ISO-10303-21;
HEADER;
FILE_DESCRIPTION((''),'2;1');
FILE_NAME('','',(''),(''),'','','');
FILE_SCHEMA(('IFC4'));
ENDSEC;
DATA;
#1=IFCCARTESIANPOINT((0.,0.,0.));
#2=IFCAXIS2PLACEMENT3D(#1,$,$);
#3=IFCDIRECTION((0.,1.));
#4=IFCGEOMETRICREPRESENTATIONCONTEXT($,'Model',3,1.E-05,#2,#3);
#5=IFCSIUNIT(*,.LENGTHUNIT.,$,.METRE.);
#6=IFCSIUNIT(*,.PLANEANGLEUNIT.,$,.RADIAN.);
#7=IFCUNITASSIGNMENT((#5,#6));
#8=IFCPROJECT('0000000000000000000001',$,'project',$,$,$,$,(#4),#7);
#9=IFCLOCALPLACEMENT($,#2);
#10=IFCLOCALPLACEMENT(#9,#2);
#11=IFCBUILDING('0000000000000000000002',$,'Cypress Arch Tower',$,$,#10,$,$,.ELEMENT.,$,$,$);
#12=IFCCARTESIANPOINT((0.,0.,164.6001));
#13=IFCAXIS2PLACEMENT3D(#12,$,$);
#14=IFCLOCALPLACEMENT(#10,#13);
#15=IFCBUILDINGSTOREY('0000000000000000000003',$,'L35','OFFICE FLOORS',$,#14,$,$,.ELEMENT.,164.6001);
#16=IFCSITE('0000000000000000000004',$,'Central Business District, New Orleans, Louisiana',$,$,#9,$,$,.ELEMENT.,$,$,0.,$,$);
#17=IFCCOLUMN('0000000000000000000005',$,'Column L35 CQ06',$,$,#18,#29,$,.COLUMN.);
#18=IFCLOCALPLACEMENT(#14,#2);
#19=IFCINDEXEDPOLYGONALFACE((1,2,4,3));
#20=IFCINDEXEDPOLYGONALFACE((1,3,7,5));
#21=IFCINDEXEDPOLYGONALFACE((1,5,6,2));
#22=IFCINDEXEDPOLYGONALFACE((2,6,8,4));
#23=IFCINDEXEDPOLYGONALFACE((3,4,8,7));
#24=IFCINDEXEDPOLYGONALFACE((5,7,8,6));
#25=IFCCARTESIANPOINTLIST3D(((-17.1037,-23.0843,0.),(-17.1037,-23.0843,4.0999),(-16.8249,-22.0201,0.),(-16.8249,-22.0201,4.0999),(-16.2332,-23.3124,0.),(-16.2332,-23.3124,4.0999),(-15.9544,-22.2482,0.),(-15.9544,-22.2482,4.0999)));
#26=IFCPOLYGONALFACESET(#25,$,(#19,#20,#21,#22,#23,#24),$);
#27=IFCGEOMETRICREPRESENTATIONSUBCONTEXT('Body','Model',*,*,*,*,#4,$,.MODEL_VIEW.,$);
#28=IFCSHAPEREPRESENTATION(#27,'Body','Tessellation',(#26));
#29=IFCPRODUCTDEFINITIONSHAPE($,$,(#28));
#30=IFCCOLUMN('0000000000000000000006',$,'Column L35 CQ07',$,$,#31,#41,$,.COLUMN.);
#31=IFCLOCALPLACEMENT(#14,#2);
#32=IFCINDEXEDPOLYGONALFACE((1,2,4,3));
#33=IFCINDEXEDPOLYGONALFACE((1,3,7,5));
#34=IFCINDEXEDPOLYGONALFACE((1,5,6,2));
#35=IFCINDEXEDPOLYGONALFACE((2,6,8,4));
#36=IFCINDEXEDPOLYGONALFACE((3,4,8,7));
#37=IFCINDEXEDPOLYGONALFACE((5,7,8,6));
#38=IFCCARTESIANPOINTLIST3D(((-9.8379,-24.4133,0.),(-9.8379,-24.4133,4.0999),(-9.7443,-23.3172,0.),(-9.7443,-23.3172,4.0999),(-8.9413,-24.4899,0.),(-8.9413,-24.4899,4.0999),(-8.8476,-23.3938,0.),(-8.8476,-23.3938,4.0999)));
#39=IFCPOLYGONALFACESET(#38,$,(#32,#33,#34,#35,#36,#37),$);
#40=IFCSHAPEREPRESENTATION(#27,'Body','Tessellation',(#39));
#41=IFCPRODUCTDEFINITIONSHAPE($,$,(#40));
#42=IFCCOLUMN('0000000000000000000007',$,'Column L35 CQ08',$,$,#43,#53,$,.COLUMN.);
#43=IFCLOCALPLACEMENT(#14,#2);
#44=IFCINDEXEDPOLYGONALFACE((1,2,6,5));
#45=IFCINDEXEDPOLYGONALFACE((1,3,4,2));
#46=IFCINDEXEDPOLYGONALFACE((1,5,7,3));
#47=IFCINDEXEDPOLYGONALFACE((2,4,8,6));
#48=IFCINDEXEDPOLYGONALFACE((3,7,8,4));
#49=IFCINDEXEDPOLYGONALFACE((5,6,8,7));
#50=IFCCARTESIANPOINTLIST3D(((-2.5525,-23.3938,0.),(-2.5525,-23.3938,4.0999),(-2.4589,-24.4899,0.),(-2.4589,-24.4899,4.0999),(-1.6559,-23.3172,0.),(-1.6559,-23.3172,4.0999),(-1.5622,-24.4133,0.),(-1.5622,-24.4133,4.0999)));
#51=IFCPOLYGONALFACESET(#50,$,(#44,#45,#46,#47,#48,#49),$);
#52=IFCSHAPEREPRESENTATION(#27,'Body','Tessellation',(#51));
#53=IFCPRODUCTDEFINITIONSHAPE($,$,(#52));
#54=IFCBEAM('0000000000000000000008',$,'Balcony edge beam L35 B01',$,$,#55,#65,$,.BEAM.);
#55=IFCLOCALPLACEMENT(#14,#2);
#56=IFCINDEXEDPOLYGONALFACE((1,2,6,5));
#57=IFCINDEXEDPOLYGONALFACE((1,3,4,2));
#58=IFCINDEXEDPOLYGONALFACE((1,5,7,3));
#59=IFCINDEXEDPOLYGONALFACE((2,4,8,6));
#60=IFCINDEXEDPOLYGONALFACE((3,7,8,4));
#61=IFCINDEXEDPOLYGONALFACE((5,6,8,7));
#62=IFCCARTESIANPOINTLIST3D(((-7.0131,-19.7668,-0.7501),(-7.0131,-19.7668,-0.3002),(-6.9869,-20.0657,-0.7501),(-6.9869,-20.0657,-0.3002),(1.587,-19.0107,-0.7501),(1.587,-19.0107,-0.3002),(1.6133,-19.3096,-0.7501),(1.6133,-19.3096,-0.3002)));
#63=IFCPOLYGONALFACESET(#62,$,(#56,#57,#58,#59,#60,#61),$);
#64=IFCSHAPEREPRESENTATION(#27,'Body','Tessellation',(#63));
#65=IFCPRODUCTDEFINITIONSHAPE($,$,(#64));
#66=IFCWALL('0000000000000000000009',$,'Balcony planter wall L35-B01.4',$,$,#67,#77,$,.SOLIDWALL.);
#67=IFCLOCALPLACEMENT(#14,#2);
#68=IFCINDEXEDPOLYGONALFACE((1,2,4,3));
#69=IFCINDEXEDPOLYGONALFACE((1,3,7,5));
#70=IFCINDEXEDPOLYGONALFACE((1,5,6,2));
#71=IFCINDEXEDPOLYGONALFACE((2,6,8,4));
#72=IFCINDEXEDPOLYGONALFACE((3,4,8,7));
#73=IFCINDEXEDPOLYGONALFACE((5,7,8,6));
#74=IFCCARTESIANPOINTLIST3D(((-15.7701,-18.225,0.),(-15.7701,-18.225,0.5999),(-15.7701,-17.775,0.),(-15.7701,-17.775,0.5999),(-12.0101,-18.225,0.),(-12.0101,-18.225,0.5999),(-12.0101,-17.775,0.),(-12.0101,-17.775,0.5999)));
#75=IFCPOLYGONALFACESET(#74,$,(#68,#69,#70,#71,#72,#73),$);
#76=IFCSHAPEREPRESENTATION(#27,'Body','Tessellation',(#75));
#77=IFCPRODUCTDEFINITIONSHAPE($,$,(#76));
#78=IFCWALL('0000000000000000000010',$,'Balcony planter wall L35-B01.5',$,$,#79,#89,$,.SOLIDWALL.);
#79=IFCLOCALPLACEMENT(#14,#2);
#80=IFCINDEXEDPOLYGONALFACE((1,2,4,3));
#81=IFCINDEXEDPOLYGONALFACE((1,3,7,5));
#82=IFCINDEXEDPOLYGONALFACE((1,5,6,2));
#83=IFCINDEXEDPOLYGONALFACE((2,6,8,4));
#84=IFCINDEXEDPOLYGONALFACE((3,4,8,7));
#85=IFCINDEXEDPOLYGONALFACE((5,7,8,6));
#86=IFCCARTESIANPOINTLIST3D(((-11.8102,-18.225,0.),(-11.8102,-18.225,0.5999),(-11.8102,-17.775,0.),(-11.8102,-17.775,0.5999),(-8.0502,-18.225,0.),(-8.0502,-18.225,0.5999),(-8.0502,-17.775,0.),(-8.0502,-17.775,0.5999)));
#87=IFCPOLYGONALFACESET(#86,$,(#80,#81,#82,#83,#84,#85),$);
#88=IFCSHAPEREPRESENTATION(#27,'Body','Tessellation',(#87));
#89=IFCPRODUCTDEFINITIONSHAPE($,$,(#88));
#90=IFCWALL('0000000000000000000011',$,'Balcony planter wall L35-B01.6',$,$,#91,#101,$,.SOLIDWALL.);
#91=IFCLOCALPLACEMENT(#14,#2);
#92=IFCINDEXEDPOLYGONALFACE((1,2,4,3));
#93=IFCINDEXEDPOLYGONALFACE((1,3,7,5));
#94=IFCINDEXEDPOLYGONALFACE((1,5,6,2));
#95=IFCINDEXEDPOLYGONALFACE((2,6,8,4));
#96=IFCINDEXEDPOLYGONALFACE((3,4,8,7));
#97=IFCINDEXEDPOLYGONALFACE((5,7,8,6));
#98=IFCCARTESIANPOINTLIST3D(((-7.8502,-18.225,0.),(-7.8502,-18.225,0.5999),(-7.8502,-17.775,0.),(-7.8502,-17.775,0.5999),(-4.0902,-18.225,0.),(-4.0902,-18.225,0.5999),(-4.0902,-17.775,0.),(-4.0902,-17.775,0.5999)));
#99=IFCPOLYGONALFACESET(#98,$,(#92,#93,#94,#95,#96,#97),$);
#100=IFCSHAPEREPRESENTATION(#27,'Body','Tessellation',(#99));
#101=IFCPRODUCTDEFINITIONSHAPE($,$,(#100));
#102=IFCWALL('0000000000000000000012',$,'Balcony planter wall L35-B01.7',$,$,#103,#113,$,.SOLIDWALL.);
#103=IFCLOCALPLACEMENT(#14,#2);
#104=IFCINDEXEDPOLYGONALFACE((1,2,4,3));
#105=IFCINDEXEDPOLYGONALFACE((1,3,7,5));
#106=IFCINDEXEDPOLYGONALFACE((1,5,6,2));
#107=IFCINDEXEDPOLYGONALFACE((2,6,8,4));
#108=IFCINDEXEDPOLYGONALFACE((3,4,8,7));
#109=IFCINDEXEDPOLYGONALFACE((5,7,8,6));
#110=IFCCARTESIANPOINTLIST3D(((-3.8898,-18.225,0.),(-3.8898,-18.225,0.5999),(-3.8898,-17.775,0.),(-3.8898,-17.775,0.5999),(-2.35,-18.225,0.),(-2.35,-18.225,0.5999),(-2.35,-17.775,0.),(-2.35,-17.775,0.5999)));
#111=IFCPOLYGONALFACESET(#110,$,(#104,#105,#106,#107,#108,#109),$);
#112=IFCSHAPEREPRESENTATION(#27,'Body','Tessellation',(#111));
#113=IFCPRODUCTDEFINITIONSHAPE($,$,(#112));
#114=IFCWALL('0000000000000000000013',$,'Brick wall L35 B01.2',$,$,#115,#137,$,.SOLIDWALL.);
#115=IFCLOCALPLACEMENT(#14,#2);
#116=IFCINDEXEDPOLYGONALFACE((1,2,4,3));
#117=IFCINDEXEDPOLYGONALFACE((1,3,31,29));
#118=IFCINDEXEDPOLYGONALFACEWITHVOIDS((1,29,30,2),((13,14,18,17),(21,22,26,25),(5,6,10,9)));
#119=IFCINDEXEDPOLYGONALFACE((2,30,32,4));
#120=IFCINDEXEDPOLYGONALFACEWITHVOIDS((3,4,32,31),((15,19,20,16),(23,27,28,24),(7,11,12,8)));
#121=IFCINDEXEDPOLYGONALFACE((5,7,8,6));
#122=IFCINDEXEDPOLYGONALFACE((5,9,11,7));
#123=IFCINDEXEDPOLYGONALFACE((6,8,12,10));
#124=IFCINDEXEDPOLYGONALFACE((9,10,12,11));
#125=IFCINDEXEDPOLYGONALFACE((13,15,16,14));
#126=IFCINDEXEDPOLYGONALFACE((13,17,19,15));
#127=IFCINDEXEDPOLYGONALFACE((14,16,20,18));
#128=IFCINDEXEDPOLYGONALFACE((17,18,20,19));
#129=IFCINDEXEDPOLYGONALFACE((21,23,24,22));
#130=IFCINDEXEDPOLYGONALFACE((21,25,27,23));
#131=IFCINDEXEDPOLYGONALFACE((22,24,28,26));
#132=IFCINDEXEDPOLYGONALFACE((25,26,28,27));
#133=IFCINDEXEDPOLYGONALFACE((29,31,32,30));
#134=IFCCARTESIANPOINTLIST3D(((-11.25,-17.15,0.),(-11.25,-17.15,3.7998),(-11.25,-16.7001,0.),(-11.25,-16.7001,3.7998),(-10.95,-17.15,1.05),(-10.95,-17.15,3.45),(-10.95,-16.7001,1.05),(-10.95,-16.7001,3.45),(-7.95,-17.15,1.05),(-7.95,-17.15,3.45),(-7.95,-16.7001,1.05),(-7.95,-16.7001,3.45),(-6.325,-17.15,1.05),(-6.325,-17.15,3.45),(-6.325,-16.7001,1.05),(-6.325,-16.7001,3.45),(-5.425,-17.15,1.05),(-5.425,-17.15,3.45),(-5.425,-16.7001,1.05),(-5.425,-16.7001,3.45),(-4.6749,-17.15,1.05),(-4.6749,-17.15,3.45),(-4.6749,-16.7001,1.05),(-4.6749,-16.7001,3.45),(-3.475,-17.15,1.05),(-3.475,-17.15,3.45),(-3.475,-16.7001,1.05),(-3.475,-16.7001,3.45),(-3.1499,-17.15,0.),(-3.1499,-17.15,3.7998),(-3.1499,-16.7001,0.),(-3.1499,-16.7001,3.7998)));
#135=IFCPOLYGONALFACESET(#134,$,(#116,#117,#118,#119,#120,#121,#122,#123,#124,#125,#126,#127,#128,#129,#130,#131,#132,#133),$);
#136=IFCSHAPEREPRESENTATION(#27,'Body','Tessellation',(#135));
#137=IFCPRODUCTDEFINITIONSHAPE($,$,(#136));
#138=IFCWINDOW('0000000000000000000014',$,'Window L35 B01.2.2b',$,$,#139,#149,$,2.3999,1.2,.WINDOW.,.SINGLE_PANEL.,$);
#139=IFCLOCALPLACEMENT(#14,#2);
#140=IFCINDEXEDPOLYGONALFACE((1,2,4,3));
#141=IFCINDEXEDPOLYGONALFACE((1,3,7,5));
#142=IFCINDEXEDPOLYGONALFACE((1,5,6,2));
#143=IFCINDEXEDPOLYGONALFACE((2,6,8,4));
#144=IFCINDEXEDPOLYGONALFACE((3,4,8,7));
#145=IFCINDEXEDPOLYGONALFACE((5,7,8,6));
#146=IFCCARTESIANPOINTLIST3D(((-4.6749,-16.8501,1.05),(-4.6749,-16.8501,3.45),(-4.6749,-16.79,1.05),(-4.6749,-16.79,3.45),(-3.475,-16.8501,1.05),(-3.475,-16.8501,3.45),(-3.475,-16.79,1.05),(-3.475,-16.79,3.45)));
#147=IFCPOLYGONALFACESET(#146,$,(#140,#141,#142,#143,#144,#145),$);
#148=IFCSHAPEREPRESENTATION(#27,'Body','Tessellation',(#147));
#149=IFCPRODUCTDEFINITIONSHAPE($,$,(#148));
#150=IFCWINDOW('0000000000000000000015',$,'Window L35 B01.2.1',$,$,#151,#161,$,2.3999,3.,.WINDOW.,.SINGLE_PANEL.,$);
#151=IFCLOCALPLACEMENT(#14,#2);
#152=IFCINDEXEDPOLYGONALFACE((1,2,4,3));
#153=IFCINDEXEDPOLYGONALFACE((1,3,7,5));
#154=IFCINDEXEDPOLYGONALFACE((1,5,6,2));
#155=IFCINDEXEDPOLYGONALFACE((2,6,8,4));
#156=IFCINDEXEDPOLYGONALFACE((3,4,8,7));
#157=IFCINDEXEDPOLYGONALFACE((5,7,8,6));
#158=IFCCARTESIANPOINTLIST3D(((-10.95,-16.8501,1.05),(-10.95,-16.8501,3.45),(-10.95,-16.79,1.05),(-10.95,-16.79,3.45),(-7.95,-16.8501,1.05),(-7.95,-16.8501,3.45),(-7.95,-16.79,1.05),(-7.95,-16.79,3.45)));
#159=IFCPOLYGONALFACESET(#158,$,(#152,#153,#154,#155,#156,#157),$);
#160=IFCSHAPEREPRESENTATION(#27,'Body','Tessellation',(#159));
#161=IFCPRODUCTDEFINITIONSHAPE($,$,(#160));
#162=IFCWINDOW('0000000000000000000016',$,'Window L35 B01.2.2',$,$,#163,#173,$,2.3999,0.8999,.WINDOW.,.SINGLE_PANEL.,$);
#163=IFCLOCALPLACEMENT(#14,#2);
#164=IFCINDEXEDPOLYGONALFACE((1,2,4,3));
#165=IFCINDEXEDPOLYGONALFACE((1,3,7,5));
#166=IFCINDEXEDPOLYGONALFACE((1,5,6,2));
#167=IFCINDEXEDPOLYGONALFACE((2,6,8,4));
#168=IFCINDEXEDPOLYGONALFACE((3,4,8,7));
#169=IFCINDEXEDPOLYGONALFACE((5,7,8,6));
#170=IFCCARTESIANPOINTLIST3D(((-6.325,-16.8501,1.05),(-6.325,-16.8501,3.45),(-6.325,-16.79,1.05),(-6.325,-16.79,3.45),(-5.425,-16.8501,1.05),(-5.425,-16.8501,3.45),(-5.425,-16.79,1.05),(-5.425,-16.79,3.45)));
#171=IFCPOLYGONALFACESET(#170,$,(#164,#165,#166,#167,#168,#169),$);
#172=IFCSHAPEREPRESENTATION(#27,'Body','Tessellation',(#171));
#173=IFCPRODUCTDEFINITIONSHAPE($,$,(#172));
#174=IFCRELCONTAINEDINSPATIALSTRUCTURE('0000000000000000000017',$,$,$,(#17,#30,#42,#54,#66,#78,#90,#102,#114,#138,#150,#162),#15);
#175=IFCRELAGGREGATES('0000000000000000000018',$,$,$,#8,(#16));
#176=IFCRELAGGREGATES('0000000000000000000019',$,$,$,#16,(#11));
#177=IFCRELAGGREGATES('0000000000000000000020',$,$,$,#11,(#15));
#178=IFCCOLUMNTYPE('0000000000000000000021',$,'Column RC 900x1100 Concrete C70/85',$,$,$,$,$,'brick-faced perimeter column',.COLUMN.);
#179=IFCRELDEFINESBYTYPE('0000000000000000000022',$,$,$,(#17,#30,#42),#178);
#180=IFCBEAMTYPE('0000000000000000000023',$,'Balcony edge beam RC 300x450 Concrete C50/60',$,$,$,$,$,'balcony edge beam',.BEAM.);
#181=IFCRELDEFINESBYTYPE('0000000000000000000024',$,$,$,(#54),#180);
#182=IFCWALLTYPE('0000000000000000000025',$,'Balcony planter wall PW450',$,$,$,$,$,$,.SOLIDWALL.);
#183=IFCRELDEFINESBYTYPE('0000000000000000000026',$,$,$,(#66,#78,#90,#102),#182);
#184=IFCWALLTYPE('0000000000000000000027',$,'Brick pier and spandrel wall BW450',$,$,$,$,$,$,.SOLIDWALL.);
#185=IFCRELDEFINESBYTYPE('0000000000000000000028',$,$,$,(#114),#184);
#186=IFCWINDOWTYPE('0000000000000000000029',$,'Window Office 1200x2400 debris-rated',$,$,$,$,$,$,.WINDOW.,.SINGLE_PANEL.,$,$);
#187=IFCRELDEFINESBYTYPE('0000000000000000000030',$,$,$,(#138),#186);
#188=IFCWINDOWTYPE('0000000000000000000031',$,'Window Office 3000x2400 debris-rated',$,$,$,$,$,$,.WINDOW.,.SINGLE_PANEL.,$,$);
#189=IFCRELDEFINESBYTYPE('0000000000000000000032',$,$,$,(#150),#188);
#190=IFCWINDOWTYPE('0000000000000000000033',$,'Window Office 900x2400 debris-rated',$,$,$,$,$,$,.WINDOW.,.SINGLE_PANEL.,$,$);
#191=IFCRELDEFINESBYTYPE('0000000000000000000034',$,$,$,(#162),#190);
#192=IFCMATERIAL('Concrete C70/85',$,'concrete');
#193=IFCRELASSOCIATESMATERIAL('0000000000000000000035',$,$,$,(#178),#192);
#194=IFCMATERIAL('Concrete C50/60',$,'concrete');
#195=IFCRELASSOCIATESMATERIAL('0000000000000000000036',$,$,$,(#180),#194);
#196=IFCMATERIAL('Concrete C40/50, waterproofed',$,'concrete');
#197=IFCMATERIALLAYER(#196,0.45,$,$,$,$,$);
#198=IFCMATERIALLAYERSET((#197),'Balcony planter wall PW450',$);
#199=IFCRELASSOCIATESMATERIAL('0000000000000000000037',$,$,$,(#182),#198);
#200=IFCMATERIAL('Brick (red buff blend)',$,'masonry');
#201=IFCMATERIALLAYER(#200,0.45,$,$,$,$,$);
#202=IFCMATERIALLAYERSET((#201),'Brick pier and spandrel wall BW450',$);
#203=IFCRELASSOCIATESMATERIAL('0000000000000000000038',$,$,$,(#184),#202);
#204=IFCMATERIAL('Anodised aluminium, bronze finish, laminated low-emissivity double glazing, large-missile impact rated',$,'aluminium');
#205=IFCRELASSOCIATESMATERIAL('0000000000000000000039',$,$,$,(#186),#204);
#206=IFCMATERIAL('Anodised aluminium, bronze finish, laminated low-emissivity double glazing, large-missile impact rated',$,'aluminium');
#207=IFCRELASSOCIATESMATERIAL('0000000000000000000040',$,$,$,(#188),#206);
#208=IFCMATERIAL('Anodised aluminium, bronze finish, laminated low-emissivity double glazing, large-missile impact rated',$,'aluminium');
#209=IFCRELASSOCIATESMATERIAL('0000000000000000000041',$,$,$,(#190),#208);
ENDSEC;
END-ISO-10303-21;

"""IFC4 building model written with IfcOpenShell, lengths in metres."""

from ifc_helpers import new_model, si_unit, direction, frame, frame_2d, origin, origin_2d, place, context, subcontext, project, spatial, rectangle, extrude, material, layer, layer_set, material_profile, profile_set, type_object, element, fill, save


model = new_model("IFC4")

# Units and contexts
model_context = context("Model", 3, precision=1e-05, world=origin(), true_north=direction((0.0, 1.0)))
body_context = subcontext(model_context, "Body", "Model", "MODEL_VIEW")
ifc_project = project(units=[si_unit("LENGTHUNIT", "METRE"), si_unit("PLANEANGLEUNIT", "RADIAN")], contexts=[model_context])

# Site, building, storey
site_placement = place(None, origin())
site = spatial("IfcSite", under=ifc_project, at=site_placement, Name="Central Business District, New Orleans, Louisiana", CompositionType="ELEMENT", RefElevation=0.0)
building_placement = place(site_placement, origin())
building = spatial("IfcBuilding", under=site, at=building_placement, Name="Cypress Arch Tower", CompositionType="ELEMENT")
storey_placement = place(building_placement, frame((0.0, 0.0, 164.6001)))
storey = spatial("IfcBuildingStorey", under=building, at=storey_placement, Name="L35", Description="OFFICE FLOORS", CompositionType="ELEMENT", Elevation=164.6001)

# Columns
ifc_material_1 = material(Name="Concrete C70/85", Category="concrete")
ifc_material_profile_1 = material_profile(ifc_material_1, rectangle(XDim=0.8999, YDim=1.1001, at=origin_2d()), Name="RC 900x1100")
ifc_profile_set_1 = profile_set([ifc_material_profile_1], Name="Concrete C70/85")
column_type = type_object("IfcColumnType", Name="Column RC 900x1100 Concrete C70/85", ElementType="brick-faced perimeter column", PredefinedType="COLUMN", material=ifc_profile_set_1)
for number, where, z_axis, x_axis, name in (
    (1, (-16.5291, -22.6663, 0.0), (0.0, 0.0, 1.0), (0.967356, -0.253422, 0.0), "Column L35 CQ06"),
    (2, (-9.3428, -23.9036, 0.0), (0.0, 0.0, 1.0), (0.996368, -0.085149, 0.0), "Column L35 CQ07"),
    (3, (-2.0574, -23.9036, 0.0), (0.0, 0.0, 1.0), (0.996368, 0.085149, 0.0), "Column L35 CQ08"),
):
    element("IfcColumn", number, at=place(storey_placement, frame(where, z_axis=z_axis, x_axis=x_axis)), inside=storey, type_object=column_type, Name=name, PredefinedType="COLUMN", context=body_context, shape_type="SweptSolid", body=[
        extrude(rectangle(XDim=0.8999, YDim=1.1001, at=origin_2d()), origin(), (0.0, 0.0, 1.0), 4.0999),
    ])

# Beam
ifc_material_2 = material(Name="Concrete C50/60", Category="concrete")
ifc_material_profile_2 = material_profile(ifc_material_2, rectangle(XDim=0.3, YDim=0.45, at=origin_2d()), Name="RC 300x450")
ifc_profile_set_2 = profile_set([ifc_material_profile_2], Name="Concrete C50/60")
beam_type = type_object("IfcBeamType", Name="Balcony edge beam RC 300x450 Concrete C50/60", ElementType="balcony edge beam", PredefinedType="BEAM", material=ifc_profile_set_2)
beam_placement = place(storey_placement, frame((-7.0, -19.9163, -0.5251), z_axis=(0.996157, 0.08758, 0.0), x_axis=(-0.08758, 0.996157, 0.0)))
element("IfcBeam", 4, at=beam_placement, inside=storey, type_object=beam_type, Name="Balcony edge beam L35 B01", PredefinedType="BEAM", context=body_context, shape_type="SweptSolid", body=[
    extrude(rectangle(XDim=0.3, YDim=0.45, at=origin_2d()), origin(), (0.0, 0.0, 1.0), 8.6333),
])

# Walls
ifc_material_3 = material(Name="Concrete C40/50, waterproofed", Category="concrete")
ifc_layer_1 = layer(ifc_material_3, 0.45)
ifc_layer_set_1 = layer_set([ifc_layer_1], Name="Balcony planter wall PW450")
wall_type_1 = type_object("IfcWallType", Name="Balcony planter wall PW450", PredefinedType="SOLIDWALL", material=ifc_layer_set_1)
for number, where, z_axis, x_axis, name in (
    (5, (-15.77, -18.0, 0.0), (0.0, 0.0, 1.0), (1.0, 0.0, 0.0), "Balcony planter wall L35-B01.4"),
    (6, (-11.8101, -18.0, 0.0), (0.0, 0.0, 1.0), (1.0, 0.0, 0.0), "Balcony planter wall L35-B01.5"),
    (7, (-7.8501, -18.0, 0.0), (0.0, 0.0, 1.0), (1.0, 0.0, 0.0), "Balcony planter wall L35-B01.6"),
):
    element("IfcWall", number, at=place(storey_placement, frame(where, z_axis=z_axis, x_axis=x_axis)), inside=storey, type_object=wall_type_1, Name=name, PredefinedType="SOLIDWALL", context=body_context, shape_type="SweptSolid", body=[
        extrude(rectangle(XDim=3.76, YDim=0.45, at=frame_2d((1.8799, 0.0))), origin(), (0.0, 0.0, 1.0), 0.5999),
    ])
wall_1_placement = place(storey_placement, frame((-3.8899, -18.0, 0.0), z_axis=(0.0, 0.0, 1.0), x_axis=(1.0, 0.0, 0.0)))
element("IfcWall", 8, at=wall_1_placement, inside=storey, type_object=wall_type_1, Name="Balcony planter wall L35-B01.7", PredefinedType="SOLIDWALL", context=body_context, shape_type="SweptSolid", body=[
    extrude(rectangle(XDim=1.5398, YDim=0.45, at=frame_2d((0.77, 0.0))), origin(), (0.0, 0.0, 1.0), 0.5999),
])

# Wall, openings, windows
ifc_material_4 = material(Name="Brick (red buff blend)", Category="masonry")
ifc_layer_2 = layer(ifc_material_4, 0.45)
ifc_layer_set_2 = layer_set([ifc_layer_2], Name="Brick pier and spandrel wall BW450")
wall_type_2 = type_object("IfcWallType", Name="Brick pier and spandrel wall BW450", PredefinedType="SOLIDWALL", material=ifc_layer_set_2)
wall_2_placement = place(storey_placement, frame((-11.25, -16.925, 0.0), z_axis=(0.0, 0.0, 1.0), x_axis=(1.0, 0.0, 0.0)))
wall_2 = element("IfcWall", 9, at=wall_2_placement, inside=storey, type_object=wall_type_2, Name="Brick wall L35 B01.2", PredefinedType="SOLIDWALL", context=body_context, shape_type="SweptSolid", body=[
    extrude(rectangle(XDim=8.1001, YDim=0.45, at=frame_2d((4.05, 0.0))), origin(), (0.0, 0.0, 1.0), 3.7998),
])
opening_1_placement = place(wall_2_placement, frame((0.3, 0.0, 1.05)))
opening_1 = element("IfcOpeningElement", 10, at=opening_1_placement, cuts=wall_2, PredefinedType="OPENING", context=body_context, shape_type="SweptSolid", body=[
    extrude(rectangle(XDim=3.0, YDim=2.3999, at=frame_2d((1.5, 1.2))), frame((0.0, 0.2349, 0.0), z_axis=(0.0, -1.0, 0.0), x_axis=(1.0, 0.0, 0.0)), (0.0, 0.0, 1.0), 0.47),
])
opening_2_placement = place(wall_2_placement, frame((4.925, 0.0, 1.05)))
opening_2 = element("IfcOpeningElement", 11, at=opening_2_placement, cuts=wall_2, PredefinedType="OPENING", context=body_context, shape_type="SweptSolid", body=[
    extrude(rectangle(XDim=0.8999, YDim=2.3999, at=frame_2d((0.45, 1.2))), frame((0.0, 0.2349, 0.0), z_axis=(0.0, -1.0, 0.0), x_axis=(1.0, 0.0, 0.0)), (0.0, 0.0, 1.0), 0.47),
])
opening_3_placement = place(wall_2_placement, frame((6.575, 0.0, 1.05)))
opening_3 = element("IfcOpeningElement", 12, at=opening_3_placement, cuts=wall_2, PredefinedType="OPENING", context=body_context, shape_type="SweptSolid", body=[
    extrude(rectangle(XDim=1.2, YDim=2.3999, at=frame_2d((0.6001, 1.2))), frame((0.0, 0.2349, 0.0), z_axis=(0.0, -1.0, 0.0), x_axis=(1.0, 0.0, 0.0)), (0.0, 0.0, 1.0), 0.47),
])
ifc_material_5 = material(Name="Anodised aluminium, bronze finish, laminated low-emissivity double glazing, large-missile impact rated", Category="aluminium")
window_type_1 = type_object("IfcWindowType", Name="Window Office 1200x2400 debris-rated", PartitioningType="SINGLE_PANEL", PredefinedType="WINDOW", material=ifc_material_5)
window_1_placement = place(opening_3_placement, origin())
window_1 = element("IfcWindow", 13, at=window_1_placement, inside=storey, type_object=window_type_1, Name="Window L35 B01.2.2b", OverallHeight=2.3999, OverallWidth=1.2, PartitioningType="SINGLE_PANEL", PredefinedType="WINDOW", context=body_context, shape_type="SweptSolid", body=[
    extrude(rectangle(XDim=1.2, YDim=2.3999, at=frame_2d((0.6001, 1.2))), frame((0.0, 0.135, 0.0), z_axis=(0.0, -1.0, 0.0), x_axis=(1.0, 0.0, 0.0)), (0.0, 0.0, 1.0), 0.0601),
])
fill(opening_3, window_1)
ifc_material_6 = material(Name="Anodised aluminium, bronze finish, laminated low-emissivity double glazing, large-missile impact rated", Category="aluminium")
window_type_2 = type_object("IfcWindowType", Name="Window Office 3000x2400 debris-rated", PartitioningType="SINGLE_PANEL", PredefinedType="WINDOW", material=ifc_material_6)
window_2_placement = place(opening_1_placement, origin())
window_2 = element("IfcWindow", 14, at=window_2_placement, inside=storey, type_object=window_type_2, Name="Window L35 B01.2.1", OverallHeight=2.3999, OverallWidth=3.0, PartitioningType="SINGLE_PANEL", PredefinedType="WINDOW", context=body_context, shape_type="SweptSolid", body=[
    extrude(rectangle(XDim=3.0, YDim=2.3999, at=frame_2d((1.5, 1.2))), frame((0.0, 0.135, 0.0), z_axis=(0.0, -1.0, 0.0), x_axis=(1.0, 0.0, 0.0)), (0.0, 0.0, 1.0), 0.0601),
])
fill(opening_1, window_2)
ifc_material_7 = material(Name="Anodised aluminium, bronze finish, laminated low-emissivity double glazing, large-missile impact rated", Category="aluminium")
window_type_3 = type_object("IfcWindowType", Name="Window Office 900x2400 debris-rated", PartitioningType="SINGLE_PANEL", PredefinedType="WINDOW", material=ifc_material_7)
window_3_placement = place(opening_2_placement, origin())
window_3 = element("IfcWindow", 15, at=window_3_placement, inside=storey, type_object=window_type_3, Name="Window L35 B01.2.2", OverallHeight=2.3999, OverallWidth=0.8999, PartitioningType="SINGLE_PANEL", PredefinedType="WINDOW", context=body_context, shape_type="SweptSolid", body=[
    extrude(rectangle(XDim=0.8999, YDim=2.3999, at=frame_2d((0.45, 1.2))), frame((0.0, 0.135, 0.0), z_axis=(0.0, -1.0, 0.0), x_axis=(1.0, 0.0, 0.0)), (0.0, 0.0, 1.0), 0.0601),
])
fill(opening_2, window_3)

save(model, "model.ifc")
